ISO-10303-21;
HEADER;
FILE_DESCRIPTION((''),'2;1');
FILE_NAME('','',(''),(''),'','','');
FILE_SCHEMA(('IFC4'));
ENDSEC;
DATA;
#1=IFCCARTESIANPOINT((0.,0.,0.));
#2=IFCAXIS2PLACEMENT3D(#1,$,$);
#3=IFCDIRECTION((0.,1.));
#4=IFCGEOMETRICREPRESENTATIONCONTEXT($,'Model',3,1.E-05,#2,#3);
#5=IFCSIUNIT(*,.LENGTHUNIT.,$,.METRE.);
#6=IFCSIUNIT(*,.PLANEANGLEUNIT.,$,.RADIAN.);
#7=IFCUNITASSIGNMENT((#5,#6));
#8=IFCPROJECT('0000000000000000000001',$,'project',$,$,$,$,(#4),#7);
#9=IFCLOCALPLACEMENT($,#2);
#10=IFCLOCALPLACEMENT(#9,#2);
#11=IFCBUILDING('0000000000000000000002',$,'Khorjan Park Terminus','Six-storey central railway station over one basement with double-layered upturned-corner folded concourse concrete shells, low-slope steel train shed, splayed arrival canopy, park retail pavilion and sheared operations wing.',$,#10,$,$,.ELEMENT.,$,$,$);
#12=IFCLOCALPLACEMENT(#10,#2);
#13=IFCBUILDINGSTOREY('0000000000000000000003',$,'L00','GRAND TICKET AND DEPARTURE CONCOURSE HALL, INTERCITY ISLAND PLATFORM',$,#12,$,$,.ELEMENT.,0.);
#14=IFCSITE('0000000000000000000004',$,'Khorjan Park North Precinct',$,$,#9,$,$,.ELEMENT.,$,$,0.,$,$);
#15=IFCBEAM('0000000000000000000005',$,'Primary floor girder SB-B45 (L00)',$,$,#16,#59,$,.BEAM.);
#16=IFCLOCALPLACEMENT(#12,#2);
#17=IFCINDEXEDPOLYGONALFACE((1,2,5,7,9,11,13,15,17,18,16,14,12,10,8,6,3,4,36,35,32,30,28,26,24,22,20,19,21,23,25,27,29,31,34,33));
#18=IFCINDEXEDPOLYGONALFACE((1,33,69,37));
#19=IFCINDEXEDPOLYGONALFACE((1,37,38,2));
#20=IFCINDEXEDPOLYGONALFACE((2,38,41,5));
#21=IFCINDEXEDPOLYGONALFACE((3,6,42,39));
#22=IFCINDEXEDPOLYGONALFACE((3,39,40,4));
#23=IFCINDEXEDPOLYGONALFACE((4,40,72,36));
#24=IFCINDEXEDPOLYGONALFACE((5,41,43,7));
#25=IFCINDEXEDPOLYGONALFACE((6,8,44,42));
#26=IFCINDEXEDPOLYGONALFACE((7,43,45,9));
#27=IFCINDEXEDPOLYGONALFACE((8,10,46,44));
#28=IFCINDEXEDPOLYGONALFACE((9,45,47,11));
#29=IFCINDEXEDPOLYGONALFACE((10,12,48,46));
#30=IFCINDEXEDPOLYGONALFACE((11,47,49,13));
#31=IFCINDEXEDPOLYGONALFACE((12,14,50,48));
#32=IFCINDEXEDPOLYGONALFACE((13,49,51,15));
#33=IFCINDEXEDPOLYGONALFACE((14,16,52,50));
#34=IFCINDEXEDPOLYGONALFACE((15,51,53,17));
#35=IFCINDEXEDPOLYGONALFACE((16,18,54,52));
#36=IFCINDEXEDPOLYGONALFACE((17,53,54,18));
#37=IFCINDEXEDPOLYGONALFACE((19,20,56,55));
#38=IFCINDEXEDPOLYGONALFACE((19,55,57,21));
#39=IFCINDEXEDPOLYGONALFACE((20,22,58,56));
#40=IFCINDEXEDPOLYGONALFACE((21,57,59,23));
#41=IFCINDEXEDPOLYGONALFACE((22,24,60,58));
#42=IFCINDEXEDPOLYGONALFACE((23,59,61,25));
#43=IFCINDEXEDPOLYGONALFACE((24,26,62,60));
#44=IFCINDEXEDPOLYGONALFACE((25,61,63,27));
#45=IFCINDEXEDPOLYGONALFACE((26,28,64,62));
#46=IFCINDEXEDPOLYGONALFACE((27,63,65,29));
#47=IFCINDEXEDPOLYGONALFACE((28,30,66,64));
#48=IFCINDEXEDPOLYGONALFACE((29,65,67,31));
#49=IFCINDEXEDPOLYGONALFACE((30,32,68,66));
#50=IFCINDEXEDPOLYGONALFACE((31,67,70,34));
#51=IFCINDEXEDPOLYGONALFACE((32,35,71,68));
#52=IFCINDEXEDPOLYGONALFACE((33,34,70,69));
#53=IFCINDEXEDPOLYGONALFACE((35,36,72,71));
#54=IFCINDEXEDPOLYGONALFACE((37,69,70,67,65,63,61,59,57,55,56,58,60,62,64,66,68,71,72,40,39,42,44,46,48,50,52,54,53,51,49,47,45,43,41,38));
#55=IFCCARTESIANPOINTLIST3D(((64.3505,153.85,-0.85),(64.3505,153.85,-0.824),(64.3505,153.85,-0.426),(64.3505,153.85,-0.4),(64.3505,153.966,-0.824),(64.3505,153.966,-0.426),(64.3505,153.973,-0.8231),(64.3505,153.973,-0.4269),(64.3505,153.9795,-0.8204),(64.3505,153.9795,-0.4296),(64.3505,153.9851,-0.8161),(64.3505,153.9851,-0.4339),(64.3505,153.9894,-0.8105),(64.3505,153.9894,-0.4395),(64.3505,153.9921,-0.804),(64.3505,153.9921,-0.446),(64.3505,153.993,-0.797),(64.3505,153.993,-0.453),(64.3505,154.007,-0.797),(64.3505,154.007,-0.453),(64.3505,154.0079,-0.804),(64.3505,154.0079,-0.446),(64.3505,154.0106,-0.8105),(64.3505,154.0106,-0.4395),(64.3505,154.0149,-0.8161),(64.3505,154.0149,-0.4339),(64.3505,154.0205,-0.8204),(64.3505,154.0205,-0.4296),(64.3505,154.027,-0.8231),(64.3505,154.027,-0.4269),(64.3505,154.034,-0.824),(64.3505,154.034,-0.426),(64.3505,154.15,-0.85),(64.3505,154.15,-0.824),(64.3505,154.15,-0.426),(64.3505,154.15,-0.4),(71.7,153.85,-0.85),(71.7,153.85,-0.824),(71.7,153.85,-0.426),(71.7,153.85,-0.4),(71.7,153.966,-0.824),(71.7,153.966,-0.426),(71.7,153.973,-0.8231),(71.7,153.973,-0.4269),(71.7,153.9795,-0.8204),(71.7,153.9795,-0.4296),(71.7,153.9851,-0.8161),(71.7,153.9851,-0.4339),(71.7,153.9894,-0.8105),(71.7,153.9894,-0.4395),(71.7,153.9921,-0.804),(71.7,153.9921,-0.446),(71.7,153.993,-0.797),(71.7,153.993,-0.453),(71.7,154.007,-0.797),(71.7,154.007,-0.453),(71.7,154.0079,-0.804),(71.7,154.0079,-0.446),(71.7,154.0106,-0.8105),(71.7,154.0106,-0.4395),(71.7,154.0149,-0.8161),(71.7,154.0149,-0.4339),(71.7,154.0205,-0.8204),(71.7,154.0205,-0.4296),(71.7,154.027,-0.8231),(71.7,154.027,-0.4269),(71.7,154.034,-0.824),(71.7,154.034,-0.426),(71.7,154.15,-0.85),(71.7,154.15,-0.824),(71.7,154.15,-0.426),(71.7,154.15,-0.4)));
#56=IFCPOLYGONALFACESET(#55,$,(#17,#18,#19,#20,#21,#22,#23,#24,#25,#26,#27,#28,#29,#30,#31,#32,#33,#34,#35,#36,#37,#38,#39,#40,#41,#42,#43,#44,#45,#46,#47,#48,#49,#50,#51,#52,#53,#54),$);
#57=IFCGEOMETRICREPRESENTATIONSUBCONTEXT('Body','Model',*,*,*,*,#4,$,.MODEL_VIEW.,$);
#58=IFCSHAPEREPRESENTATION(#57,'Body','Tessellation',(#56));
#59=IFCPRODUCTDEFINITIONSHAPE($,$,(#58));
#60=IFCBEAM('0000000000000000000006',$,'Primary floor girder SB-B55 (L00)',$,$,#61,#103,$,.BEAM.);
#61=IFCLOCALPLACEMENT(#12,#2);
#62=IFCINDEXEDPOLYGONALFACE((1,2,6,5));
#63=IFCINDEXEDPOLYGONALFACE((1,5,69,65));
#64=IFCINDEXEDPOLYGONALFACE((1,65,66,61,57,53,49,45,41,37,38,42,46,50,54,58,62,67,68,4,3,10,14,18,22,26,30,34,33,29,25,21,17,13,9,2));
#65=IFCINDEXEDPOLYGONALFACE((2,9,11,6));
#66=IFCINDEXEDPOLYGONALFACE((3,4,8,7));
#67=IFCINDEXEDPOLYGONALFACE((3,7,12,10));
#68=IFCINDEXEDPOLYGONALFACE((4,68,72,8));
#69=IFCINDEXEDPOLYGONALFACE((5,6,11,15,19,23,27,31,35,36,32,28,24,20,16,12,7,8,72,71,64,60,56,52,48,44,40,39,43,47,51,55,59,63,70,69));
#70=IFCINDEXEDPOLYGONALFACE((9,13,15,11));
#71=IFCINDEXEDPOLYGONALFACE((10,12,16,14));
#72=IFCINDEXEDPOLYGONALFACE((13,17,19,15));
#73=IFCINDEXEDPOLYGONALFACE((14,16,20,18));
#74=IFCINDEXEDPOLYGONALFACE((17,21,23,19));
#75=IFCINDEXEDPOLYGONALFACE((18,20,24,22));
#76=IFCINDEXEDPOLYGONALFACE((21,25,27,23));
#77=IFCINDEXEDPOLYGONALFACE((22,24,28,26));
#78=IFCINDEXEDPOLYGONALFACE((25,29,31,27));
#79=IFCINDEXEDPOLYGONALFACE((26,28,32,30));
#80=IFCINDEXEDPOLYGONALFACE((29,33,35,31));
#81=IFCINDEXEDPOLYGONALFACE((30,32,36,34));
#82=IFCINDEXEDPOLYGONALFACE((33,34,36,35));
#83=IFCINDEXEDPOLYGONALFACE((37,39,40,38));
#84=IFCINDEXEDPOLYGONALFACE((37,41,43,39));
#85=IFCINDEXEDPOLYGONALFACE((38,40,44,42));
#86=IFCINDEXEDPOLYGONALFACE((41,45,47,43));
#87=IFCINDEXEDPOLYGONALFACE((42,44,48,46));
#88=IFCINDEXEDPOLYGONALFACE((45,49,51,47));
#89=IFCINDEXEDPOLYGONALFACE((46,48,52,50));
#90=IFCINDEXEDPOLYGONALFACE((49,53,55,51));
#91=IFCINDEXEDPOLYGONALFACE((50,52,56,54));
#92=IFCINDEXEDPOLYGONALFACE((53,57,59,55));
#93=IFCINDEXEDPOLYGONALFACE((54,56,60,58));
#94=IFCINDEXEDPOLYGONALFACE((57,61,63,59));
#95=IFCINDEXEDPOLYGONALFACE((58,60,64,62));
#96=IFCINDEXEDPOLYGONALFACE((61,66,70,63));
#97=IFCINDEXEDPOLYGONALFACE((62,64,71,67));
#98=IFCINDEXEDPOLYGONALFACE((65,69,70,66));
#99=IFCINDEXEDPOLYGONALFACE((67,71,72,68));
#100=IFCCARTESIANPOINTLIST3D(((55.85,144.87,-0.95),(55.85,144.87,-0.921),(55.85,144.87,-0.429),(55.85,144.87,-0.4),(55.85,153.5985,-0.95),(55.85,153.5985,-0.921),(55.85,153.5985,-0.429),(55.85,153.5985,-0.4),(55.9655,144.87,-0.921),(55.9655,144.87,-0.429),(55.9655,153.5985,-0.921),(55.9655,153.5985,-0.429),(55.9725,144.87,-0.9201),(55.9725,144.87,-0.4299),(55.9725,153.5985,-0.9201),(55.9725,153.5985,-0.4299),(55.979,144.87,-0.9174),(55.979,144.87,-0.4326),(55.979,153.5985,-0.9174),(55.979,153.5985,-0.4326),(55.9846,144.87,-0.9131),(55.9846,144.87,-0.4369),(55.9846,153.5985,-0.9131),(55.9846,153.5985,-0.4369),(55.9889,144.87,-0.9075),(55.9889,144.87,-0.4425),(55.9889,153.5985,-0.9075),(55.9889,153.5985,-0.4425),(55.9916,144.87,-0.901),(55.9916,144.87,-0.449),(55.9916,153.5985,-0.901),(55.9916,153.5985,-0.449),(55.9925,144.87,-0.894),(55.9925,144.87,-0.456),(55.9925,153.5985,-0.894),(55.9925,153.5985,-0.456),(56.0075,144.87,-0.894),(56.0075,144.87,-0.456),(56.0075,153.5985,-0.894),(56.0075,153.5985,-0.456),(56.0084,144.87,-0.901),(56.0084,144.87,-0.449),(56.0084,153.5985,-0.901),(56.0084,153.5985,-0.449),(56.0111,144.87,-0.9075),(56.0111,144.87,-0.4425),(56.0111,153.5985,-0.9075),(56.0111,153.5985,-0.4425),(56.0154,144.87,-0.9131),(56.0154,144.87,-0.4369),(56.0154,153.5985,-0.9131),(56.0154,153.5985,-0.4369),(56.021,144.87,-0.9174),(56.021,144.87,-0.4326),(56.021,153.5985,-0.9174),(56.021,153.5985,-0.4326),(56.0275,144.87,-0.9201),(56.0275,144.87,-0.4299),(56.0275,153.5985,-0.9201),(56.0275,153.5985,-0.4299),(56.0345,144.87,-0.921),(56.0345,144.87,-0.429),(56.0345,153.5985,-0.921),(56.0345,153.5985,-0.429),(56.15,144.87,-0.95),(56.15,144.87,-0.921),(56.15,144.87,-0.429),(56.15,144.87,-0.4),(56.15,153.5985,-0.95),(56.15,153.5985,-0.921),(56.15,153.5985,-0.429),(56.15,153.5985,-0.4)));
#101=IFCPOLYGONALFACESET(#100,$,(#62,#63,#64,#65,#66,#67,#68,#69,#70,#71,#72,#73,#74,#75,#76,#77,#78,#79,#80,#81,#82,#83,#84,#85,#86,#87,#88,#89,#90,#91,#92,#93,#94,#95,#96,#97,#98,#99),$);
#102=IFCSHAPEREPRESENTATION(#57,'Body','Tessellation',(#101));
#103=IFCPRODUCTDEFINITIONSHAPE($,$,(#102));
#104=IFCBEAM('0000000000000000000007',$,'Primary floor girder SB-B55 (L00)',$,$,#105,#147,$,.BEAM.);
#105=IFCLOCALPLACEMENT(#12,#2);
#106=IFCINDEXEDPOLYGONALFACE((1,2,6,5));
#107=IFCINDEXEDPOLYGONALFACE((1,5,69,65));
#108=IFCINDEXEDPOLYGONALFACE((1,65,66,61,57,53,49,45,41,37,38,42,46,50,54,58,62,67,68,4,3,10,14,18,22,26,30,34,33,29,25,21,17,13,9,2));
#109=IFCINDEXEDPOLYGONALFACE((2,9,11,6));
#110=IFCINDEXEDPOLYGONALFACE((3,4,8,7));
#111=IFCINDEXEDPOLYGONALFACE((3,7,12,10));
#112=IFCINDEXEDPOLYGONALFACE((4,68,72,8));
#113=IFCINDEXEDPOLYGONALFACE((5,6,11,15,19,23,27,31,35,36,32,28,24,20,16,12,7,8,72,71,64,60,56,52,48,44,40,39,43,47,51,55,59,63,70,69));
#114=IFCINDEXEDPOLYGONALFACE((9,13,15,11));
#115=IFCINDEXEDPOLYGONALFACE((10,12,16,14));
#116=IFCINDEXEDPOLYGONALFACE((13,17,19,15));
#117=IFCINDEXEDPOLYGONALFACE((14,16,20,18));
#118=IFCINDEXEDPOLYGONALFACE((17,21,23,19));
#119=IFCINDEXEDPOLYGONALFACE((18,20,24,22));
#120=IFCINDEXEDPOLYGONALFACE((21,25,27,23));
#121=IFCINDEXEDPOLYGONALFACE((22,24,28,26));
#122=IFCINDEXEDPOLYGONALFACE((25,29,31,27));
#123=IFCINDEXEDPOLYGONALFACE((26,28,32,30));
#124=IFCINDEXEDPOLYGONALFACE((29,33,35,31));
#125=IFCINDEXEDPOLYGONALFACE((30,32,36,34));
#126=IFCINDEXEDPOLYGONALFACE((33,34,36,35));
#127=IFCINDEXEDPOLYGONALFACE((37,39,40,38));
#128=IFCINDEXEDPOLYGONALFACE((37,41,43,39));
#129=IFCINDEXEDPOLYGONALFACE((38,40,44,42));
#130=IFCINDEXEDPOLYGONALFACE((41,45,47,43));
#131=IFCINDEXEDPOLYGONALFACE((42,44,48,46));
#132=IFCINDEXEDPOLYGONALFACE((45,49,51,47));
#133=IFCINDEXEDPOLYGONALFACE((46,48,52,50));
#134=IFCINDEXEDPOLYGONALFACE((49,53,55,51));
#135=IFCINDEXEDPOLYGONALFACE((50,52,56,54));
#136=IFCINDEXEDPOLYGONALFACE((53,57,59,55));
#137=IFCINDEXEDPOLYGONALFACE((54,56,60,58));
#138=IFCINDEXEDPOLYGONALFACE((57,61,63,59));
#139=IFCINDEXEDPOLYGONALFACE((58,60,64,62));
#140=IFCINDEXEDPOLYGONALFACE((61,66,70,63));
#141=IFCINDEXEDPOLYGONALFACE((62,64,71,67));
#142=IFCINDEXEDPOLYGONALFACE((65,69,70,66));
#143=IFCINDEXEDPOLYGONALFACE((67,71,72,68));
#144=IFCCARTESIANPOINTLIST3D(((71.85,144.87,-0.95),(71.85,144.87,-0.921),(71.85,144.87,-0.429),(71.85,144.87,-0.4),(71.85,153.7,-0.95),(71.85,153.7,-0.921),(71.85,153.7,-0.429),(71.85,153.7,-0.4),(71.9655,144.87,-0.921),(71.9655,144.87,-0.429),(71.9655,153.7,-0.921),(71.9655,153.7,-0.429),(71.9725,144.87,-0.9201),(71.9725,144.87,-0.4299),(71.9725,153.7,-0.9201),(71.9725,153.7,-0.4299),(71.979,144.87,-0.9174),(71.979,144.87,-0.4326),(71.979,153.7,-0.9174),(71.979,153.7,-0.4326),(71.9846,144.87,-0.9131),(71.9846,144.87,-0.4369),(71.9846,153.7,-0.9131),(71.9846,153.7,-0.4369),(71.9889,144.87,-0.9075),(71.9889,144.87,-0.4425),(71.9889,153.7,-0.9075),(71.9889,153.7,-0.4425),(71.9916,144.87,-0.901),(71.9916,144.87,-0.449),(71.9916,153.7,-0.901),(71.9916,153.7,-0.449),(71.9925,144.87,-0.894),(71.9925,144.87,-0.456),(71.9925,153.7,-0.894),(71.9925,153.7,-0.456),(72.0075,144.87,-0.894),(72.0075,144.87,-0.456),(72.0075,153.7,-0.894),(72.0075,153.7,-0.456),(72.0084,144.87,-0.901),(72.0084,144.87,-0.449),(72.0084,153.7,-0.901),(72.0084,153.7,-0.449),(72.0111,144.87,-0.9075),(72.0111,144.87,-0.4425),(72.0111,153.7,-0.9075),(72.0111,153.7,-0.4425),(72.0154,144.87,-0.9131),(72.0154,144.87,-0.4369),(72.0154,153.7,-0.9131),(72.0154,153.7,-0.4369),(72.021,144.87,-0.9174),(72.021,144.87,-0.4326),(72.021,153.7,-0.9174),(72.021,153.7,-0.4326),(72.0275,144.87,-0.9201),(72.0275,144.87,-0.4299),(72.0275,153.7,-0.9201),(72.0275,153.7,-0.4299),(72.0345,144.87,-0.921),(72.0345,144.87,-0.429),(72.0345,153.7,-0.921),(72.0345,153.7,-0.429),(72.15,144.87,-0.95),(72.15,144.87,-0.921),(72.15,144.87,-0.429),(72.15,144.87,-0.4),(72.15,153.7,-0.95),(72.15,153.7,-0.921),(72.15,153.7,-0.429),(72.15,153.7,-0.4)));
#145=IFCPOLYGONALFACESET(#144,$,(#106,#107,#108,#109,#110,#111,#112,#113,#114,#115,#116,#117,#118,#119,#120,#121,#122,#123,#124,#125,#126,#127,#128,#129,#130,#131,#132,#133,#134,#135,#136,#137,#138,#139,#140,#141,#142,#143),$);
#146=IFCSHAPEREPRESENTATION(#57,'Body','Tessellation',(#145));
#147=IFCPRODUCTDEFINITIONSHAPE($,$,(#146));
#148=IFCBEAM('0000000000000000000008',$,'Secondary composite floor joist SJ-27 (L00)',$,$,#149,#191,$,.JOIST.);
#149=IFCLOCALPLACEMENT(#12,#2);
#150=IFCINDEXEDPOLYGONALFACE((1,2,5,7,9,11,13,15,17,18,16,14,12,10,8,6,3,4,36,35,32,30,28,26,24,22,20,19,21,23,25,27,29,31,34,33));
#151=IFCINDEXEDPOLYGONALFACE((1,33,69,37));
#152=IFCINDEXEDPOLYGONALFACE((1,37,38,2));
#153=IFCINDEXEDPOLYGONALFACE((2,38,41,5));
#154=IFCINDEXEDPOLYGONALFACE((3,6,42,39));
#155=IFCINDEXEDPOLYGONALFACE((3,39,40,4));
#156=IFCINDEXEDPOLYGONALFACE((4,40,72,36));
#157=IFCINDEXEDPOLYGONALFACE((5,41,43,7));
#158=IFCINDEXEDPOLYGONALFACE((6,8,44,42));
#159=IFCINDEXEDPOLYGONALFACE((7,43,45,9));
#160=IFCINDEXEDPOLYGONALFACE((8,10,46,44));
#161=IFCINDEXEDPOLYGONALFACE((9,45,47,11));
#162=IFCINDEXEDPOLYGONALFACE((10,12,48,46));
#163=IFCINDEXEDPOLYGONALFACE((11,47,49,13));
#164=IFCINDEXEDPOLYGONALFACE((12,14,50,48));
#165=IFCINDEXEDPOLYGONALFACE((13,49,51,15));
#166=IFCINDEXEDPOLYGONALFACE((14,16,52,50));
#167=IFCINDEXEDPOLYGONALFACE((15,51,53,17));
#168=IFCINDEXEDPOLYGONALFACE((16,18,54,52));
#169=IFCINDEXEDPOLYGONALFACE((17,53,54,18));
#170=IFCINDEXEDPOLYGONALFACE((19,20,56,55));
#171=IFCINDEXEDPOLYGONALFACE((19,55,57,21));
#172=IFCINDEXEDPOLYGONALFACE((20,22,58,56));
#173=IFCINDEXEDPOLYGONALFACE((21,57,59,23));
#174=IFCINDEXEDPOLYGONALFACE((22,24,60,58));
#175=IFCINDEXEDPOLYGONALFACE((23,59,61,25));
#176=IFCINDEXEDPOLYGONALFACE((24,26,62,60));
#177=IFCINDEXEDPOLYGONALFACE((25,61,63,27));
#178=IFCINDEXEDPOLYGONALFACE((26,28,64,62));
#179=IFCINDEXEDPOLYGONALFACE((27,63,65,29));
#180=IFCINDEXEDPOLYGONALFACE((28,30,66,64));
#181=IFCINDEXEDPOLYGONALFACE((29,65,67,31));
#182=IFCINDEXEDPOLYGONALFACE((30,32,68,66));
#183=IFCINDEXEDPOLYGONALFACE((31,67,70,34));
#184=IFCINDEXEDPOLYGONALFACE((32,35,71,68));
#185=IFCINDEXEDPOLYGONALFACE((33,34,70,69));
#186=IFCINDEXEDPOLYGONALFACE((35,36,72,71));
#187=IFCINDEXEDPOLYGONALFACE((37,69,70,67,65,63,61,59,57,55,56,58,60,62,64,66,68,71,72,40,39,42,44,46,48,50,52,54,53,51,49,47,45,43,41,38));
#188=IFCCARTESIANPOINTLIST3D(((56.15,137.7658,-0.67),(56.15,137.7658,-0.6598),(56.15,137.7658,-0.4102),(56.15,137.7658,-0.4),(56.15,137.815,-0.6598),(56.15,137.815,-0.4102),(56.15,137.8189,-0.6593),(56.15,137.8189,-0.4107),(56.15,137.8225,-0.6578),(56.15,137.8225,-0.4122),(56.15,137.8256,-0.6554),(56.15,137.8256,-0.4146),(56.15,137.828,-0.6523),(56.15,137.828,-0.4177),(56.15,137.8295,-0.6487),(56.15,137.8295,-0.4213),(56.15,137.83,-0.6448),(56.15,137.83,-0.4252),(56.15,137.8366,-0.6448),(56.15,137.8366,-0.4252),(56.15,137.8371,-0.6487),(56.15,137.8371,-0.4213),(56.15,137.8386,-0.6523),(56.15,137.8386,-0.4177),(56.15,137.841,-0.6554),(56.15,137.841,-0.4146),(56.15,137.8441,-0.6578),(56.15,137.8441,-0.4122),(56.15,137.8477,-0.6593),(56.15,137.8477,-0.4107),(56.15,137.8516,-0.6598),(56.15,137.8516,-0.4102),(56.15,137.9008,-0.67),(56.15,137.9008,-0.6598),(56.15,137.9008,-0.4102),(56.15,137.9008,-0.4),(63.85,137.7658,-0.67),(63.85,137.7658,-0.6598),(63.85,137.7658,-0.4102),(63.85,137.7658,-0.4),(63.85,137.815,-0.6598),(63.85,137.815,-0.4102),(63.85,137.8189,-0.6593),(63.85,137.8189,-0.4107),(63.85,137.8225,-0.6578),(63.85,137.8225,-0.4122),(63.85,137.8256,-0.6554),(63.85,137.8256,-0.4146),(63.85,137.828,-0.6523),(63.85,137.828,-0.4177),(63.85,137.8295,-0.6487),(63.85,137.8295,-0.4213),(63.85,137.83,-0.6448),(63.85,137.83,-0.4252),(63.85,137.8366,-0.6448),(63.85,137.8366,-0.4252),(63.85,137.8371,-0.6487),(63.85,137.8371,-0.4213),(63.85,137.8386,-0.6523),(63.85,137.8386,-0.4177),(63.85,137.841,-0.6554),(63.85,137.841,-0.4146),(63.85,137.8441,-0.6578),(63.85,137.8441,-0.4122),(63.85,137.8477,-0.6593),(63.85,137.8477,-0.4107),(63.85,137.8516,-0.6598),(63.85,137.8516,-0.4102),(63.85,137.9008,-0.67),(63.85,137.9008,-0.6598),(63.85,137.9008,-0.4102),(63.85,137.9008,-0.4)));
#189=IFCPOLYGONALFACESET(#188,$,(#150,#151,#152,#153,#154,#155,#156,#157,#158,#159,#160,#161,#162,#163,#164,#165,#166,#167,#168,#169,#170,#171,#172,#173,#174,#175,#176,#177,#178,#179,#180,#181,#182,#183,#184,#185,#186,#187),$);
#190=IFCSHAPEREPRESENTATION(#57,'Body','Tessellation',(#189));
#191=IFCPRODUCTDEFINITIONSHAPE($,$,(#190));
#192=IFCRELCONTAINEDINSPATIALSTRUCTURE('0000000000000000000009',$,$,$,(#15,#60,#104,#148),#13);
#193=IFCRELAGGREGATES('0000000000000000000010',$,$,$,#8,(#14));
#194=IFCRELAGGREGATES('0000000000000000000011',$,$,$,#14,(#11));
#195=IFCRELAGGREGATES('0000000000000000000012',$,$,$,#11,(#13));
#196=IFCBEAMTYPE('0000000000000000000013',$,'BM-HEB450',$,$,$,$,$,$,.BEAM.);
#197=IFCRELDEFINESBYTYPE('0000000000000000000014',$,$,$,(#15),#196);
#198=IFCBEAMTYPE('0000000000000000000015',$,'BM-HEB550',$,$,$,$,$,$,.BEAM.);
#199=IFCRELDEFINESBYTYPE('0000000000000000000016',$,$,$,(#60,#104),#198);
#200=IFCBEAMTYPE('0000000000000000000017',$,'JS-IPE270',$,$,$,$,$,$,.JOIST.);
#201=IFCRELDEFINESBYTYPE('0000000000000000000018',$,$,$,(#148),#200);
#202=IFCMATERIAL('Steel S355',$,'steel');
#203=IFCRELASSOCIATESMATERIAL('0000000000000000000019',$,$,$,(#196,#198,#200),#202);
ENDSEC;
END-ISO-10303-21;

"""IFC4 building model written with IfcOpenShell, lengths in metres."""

from ifc_helpers import new_model, si_unit, direction, frame, origin, origin_2d, place, context, subcontext, project, spatial, i_section, extrude, material, material_profile, profile_set, type_object, element, save


model = new_model("IFC4")

# Units and contexts
model_context = context("Model", 3, precision=1e-05, world=origin(), true_north=direction((0.0, 1.0)))
body_context = subcontext(model_context, "Body", "Model", "MODEL_VIEW")
ifc_project = project(units=[si_unit("LENGTHUNIT", "METRE"), si_unit("PLANEANGLEUNIT", "RADIAN")], contexts=[model_context])

# Site, building, storey
site_placement = place(None, origin())
site = spatial("IfcSite", under=ifc_project, at=site_placement, Name="Khorjan Park North Precinct", CompositionType="ELEMENT", RefElevation=0.0)
building_placement = place(site_placement, origin())
building = spatial("IfcBuilding", under=site, at=building_placement, Name="Khorjan Park Terminus", Description="Six-storey central railway station over one basement with double-layered upturned-corner folded concourse concrete shells, low-slope steel train shed, splayed arrival canopy, park retail pavilion and sheared operations wing.", CompositionType="ELEMENT")
storey_placement = place(building_placement, origin())
storey = spatial("IfcBuildingStorey", under=building, at=storey_placement, Name="L00", Description="GRAND TICKET AND DEPARTURE CONCOURSE HALL, INTERCITY ISLAND PLATFORM", CompositionType="ELEMENT", Elevation=0.0)

# Shared definitions
ifc_material_1 = material(Name="Steel S355", Category="steel")

# Beams
ifc_material_profile_1 = material_profile(ifc_material_1, i_section(OverallWidth=0.3, OverallDepth=0.45, WebThickness=0.014, FlangeThickness=0.026, FilletRadius=0.027, at=origin_2d()), Name="HEB 450")
ifc_profile_set_1 = profile_set([ifc_material_profile_1], Name="Steel S355")
beam_type_1 = type_object("IfcBeamType", Name="BM-HEB450", PredefinedType="BEAM", material=ifc_profile_set_1)
beam_1_placement = place(storey_placement, frame((64.3505, 154.0, -0.625), z_axis=(1.0, 0.0, 0.0), x_axis=(0.0, 1.0, 0.0)))
element("IfcBeam", 1, at=beam_1_placement, inside=storey, type_object=beam_type_1, Name="Primary floor girder SB-B45 (L00)", PredefinedType="BEAM", context=body_context, shape_type="SweptSolid", body=[
    extrude(i_section(OverallWidth=0.3, OverallDepth=0.45, WebThickness=0.014, FlangeThickness=0.026, FilletRadius=0.027, at=origin_2d()), origin(), (0.0, 0.0, 1.0), 7.3495),
])
ifc_material_profile_2 = material_profile(ifc_material_1, i_section(OverallWidth=0.3, OverallDepth=0.55, WebThickness=0.015, FlangeThickness=0.029, FilletRadius=0.027, at=origin_2d()), Name="HEB 550")
ifc_profile_set_2 = profile_set([ifc_material_profile_2], Name="Steel S355")
beam_type_2 = type_object("IfcBeamType", Name="BM-HEB550", PredefinedType="BEAM", material=ifc_profile_set_2)
beam_2_placement = place(storey_placement, frame((56.0, 144.87, -0.675), z_axis=(0.0, 1.0, 0.0), x_axis=(-1.0, 0.0, 0.0)))
element("IfcBeam", 2, at=beam_2_placement, inside=storey, type_object=beam_type_2, Name="Primary floor girder SB-B55 (L00)", PredefinedType="BEAM", context=body_context, shape_type="SweptSolid", body=[
    extrude(i_section(OverallWidth=0.3, OverallDepth=0.55, WebThickness=0.015, FlangeThickness=0.029, FilletRadius=0.027, at=origin_2d()), origin(), (0.0, 0.0, 1.0), 8.7285),
])
beam_3_placement = place(storey_placement, frame((72.0, 144.87, -0.675), z_axis=(0.0, 1.0, 0.0), x_axis=(-1.0, 0.0, 0.0)))
element("IfcBeam", 3, at=beam_3_placement, inside=storey, type_object=beam_type_2, Name="Primary floor girder SB-B55 (L00)", PredefinedType="BEAM", context=body_context, shape_type="SweptSolid", body=[
    extrude(i_section(OverallWidth=0.3, OverallDepth=0.55, WebThickness=0.015, FlangeThickness=0.029, FilletRadius=0.027, at=origin_2d()), origin(), (0.0, 0.0, 1.0), 8.83),
])
ifc_material_profile_3 = material_profile(ifc_material_1, i_section(OverallWidth=0.135, OverallDepth=0.27, WebThickness=0.0066, FlangeThickness=0.0102, FilletRadius=0.015, at=origin_2d()), Name="IPE 270")
ifc_profile_set_3 = profile_set([ifc_material_profile_3], Name="Steel S355")
beam_type_3 = type_object("IfcBeamType", Name="JS-IPE270", PredefinedType="JOIST", material=ifc_profile_set_3)
beam_4_placement = place(storey_placement, frame((56.15, 137.8333, -0.535), z_axis=(1.0, 0.0, 0.0), x_axis=(0.0, 1.0, 0.0)))
element("IfcBeam", 4, at=beam_4_placement, inside=storey, type_object=beam_type_3, Name="Secondary composite floor joist SJ-27 (L00)", PredefinedType="JOIST", context=body_context, shape_type="SweptSolid", body=[
    extrude(i_section(OverallWidth=0.135, OverallDepth=0.27, WebThickness=0.0066, FlangeThickness=0.0102, FilletRadius=0.015, at=origin_2d()), origin(), (0.0, 0.0, 1.0), 7.7),
])

save(model, "model.ifc")
